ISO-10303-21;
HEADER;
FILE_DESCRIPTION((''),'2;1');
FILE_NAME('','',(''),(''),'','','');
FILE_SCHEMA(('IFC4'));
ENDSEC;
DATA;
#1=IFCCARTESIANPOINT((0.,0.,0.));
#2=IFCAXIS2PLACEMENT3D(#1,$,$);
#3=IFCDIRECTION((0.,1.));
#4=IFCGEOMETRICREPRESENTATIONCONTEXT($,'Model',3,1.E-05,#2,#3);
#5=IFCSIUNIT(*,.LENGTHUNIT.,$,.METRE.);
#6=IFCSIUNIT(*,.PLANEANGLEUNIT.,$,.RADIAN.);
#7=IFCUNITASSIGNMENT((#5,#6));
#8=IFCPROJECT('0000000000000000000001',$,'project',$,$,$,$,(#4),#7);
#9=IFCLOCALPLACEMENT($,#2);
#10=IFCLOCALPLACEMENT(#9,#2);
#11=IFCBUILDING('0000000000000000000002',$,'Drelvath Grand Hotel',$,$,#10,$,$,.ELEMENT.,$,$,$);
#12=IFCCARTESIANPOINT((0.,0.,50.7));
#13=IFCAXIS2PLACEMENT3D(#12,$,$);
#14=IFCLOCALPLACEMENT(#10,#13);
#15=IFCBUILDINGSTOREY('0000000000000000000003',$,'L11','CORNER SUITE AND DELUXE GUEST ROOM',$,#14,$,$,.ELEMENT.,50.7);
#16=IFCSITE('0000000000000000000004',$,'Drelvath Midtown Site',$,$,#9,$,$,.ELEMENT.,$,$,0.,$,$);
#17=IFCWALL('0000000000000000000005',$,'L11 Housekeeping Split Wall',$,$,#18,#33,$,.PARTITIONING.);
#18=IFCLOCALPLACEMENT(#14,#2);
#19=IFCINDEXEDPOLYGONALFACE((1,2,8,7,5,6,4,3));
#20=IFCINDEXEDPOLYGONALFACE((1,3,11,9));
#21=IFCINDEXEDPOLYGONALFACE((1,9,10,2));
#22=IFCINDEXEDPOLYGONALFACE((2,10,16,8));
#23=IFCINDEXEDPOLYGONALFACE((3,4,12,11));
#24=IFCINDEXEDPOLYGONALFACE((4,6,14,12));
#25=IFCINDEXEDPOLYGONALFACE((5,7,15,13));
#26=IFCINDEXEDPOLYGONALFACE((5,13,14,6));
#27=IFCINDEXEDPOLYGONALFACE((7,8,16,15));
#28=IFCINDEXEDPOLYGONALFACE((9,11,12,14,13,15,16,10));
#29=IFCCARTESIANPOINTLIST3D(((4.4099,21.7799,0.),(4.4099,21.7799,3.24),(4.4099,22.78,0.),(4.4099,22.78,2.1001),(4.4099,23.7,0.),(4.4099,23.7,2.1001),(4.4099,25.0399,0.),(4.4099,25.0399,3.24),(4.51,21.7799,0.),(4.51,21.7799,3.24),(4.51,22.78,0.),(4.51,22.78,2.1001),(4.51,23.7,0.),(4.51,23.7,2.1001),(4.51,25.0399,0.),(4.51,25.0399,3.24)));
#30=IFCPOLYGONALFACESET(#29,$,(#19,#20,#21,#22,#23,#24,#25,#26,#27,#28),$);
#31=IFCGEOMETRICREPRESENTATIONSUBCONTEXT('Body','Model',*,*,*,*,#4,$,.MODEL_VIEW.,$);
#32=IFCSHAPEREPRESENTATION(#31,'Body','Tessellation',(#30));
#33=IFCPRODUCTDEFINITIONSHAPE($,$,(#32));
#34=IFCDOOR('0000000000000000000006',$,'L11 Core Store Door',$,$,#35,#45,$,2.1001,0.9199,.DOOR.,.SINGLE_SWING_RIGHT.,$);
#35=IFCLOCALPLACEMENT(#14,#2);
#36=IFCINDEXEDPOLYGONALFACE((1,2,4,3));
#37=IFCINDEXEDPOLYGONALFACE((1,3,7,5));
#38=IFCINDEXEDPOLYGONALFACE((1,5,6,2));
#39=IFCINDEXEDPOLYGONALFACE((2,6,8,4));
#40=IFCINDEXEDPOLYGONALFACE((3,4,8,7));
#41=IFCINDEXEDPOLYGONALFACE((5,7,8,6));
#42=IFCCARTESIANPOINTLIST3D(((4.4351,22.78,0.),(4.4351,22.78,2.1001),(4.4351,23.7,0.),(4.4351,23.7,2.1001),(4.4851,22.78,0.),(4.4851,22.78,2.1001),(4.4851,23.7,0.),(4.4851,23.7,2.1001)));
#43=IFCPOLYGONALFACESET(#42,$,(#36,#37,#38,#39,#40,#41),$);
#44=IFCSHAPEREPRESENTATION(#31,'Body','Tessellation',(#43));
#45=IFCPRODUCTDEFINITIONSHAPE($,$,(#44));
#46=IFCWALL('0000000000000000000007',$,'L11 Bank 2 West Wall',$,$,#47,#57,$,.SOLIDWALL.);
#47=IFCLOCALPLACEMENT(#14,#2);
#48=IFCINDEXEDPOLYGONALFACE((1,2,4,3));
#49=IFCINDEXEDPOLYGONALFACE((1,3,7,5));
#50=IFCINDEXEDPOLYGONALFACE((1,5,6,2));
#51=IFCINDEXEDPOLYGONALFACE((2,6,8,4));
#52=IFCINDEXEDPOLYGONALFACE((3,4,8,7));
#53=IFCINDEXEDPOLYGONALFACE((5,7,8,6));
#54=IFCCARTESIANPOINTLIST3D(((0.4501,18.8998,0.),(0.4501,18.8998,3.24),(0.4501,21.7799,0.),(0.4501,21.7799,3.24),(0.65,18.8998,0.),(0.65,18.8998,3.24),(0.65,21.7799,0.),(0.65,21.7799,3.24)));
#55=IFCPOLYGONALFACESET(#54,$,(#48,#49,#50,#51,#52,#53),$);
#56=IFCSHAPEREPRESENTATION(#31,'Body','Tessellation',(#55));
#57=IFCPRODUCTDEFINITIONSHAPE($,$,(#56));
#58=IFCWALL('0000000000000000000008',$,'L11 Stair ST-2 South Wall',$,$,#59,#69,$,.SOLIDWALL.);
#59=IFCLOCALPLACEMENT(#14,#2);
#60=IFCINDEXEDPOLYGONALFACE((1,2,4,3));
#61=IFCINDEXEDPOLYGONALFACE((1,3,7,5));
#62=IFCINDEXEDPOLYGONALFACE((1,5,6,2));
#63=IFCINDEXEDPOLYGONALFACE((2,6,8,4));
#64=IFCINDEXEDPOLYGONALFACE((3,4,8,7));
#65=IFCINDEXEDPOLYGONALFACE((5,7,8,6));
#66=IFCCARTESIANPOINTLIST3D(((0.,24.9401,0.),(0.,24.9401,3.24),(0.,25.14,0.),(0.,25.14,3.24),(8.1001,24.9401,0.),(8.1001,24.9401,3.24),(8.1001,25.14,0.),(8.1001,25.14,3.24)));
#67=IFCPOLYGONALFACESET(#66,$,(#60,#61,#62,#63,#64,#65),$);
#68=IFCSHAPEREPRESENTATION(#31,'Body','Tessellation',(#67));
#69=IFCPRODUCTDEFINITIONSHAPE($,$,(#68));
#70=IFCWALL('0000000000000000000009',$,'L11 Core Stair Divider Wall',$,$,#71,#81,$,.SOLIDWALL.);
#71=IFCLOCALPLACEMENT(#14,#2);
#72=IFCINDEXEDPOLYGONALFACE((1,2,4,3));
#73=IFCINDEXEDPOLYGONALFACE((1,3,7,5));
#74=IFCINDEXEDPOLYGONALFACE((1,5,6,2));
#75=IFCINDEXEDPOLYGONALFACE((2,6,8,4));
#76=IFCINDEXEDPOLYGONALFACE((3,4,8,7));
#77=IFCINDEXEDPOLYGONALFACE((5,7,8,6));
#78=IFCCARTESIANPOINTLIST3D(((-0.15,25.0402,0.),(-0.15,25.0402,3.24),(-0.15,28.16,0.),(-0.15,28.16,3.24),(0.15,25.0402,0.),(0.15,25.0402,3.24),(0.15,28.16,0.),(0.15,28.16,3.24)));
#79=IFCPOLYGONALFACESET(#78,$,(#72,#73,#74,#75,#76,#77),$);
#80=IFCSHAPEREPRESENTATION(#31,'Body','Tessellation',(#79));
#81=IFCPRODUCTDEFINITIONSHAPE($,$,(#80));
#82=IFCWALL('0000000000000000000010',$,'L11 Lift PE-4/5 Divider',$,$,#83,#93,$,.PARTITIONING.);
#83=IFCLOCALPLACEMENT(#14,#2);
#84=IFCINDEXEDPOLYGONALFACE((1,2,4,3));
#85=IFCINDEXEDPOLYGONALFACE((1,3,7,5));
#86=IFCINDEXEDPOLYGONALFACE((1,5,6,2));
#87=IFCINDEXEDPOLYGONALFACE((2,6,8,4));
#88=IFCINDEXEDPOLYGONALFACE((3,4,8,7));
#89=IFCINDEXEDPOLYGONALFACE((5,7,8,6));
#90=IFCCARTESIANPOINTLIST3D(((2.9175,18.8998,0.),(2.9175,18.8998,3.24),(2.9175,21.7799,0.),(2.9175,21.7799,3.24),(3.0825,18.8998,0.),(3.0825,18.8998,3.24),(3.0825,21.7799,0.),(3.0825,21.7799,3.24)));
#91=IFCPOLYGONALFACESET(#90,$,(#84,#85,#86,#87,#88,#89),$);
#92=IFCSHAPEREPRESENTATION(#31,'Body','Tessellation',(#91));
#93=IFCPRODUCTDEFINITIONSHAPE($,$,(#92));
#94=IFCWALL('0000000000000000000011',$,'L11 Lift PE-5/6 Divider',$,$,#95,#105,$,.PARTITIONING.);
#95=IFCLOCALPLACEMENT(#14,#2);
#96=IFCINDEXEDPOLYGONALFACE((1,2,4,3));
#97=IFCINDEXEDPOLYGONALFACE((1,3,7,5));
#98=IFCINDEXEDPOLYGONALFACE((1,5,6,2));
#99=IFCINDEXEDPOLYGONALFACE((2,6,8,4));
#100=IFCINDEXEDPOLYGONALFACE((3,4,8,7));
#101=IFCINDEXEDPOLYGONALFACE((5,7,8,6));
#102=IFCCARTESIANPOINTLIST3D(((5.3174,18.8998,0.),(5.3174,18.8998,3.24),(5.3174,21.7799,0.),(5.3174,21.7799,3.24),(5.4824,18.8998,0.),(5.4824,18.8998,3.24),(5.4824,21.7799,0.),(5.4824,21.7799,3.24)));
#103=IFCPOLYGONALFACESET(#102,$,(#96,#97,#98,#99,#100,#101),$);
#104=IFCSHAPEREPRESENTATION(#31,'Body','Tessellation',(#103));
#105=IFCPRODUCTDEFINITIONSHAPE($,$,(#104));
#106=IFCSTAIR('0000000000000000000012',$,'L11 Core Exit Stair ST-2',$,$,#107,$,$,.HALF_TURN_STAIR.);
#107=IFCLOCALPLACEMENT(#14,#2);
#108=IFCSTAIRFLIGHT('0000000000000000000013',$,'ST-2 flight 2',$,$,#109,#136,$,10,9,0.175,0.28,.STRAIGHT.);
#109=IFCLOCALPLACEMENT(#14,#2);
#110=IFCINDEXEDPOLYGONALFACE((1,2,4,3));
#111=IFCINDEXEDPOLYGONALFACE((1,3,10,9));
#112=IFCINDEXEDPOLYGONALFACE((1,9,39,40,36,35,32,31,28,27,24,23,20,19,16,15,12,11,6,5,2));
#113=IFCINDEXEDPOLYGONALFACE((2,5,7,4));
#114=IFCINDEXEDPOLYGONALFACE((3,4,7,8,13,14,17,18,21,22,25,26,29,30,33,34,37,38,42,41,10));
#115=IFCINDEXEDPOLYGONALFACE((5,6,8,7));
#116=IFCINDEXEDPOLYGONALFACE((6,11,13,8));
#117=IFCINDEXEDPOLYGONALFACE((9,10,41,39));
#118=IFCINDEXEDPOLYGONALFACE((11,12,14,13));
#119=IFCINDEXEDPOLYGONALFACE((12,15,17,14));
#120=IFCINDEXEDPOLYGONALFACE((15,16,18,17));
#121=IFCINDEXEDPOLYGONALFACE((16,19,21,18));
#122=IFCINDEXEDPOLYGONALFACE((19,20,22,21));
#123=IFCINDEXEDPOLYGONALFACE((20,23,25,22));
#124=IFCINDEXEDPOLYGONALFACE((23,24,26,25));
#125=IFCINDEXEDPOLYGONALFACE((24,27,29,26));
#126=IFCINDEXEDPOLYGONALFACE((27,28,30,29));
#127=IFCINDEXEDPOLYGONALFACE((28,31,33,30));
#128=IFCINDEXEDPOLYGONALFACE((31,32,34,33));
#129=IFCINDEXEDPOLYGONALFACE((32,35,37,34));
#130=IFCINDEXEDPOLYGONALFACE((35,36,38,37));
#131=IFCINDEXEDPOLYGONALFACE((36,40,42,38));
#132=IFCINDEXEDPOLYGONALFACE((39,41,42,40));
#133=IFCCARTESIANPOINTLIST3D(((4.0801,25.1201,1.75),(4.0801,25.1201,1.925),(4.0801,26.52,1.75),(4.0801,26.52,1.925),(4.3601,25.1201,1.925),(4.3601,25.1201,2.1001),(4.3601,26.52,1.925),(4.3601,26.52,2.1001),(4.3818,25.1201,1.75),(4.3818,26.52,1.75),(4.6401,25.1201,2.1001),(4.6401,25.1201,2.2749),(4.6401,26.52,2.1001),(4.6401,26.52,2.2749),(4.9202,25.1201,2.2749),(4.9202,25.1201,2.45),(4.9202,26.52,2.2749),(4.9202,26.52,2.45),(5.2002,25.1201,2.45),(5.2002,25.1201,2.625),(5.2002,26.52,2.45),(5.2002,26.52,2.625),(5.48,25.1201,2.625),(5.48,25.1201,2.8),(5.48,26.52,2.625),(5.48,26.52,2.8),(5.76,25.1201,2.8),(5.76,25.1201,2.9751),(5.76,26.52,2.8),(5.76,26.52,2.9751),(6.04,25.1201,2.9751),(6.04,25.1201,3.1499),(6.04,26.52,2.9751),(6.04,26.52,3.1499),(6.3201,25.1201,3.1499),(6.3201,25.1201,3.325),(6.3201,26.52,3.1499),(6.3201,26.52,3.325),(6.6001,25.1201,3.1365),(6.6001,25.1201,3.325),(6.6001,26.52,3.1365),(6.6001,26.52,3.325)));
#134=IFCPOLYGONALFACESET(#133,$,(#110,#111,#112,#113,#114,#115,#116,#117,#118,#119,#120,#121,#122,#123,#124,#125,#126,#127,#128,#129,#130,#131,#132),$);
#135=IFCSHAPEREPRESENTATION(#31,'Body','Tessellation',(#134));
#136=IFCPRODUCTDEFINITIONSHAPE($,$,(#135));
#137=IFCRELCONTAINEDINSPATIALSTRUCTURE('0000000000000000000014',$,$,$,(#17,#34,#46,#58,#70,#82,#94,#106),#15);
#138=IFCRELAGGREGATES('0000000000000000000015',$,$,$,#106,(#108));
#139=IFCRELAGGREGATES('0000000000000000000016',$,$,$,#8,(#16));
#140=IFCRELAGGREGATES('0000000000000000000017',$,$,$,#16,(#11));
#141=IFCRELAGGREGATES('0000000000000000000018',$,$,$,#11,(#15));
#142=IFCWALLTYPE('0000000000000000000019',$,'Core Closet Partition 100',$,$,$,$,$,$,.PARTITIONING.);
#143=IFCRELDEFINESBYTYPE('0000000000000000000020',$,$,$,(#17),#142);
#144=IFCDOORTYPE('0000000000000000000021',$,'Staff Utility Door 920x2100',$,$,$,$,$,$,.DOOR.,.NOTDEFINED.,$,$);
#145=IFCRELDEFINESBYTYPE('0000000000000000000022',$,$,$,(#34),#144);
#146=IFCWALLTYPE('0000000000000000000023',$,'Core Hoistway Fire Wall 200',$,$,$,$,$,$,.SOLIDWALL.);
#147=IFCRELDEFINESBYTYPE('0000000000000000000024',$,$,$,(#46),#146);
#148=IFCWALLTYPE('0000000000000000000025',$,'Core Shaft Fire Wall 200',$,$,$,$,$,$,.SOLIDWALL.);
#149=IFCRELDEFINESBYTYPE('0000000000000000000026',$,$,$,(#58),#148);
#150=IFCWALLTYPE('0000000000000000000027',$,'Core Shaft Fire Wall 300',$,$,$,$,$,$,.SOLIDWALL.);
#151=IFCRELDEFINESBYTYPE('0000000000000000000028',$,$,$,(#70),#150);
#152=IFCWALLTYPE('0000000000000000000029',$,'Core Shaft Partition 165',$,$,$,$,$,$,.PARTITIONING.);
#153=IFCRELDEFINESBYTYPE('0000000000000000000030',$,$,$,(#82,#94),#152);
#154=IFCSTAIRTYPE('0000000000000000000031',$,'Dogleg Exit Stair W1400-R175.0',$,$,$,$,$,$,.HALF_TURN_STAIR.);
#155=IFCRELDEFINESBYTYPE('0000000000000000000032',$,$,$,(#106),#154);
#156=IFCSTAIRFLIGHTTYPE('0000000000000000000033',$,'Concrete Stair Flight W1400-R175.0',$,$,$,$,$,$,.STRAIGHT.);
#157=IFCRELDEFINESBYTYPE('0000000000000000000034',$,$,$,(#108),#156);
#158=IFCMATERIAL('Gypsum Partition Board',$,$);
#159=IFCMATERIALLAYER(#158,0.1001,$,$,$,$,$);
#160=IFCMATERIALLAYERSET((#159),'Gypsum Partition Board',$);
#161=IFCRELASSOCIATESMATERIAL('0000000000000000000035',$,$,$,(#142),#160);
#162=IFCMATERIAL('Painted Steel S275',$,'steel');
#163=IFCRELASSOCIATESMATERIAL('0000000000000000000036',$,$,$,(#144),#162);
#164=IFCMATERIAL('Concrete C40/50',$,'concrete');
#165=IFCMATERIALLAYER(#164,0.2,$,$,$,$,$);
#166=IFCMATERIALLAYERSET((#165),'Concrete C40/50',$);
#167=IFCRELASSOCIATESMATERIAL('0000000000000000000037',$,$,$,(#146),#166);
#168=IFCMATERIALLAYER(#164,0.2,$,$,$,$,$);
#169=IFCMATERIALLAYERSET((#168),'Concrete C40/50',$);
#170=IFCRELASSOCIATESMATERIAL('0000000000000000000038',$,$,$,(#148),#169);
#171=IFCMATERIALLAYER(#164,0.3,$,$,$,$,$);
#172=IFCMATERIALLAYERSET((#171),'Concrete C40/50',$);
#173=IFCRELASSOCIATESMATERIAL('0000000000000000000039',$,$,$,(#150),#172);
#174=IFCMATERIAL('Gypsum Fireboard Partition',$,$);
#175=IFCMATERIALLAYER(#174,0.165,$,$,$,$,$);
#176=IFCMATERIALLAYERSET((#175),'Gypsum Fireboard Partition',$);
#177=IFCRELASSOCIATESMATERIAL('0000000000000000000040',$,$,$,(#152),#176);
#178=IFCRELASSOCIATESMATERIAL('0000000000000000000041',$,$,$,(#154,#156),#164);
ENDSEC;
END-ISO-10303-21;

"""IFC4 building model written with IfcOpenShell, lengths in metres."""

from ifc_helpers import new_model, si_unit, direction, frame, frame_2d, origin, place, context, subcontext, project, spatial, polyline, rectangle, outline, extrude, material, layer, layer_set, type_object, element, fill, aggregate, save


model = new_model("IFC4")

# Units and contexts
model_context = context("Model", 3, precision=1e-05, world=origin(), true_north=direction((0.0, 1.0)))
body_context = subcontext(model_context, "Body", "Model", "MODEL_VIEW")
ifc_project = project(units=[si_unit("LENGTHUNIT", "METRE"), si_unit("PLANEANGLEUNIT", "RADIAN")], contexts=[model_context])

# Site, building, storey
site_placement = place(None, origin())
site = spatial("IfcSite", under=ifc_project, at=site_placement, Name="Drelvath Midtown Site", CompositionType="ELEMENT", RefElevation=0.0)
building_placement = place(site_placement, origin())
building = spatial("IfcBuilding", under=site, at=building_placement, Name="Drelvath Grand Hotel", CompositionType="ELEMENT")
storey_placement = place(building_placement, frame((0.0, 0.0, 50.7)))
storey = spatial("IfcBuildingStorey", under=building, at=storey_placement, Name="L11", Description="CORNER SUITE AND DELUXE GUEST ROOM", CompositionType="ELEMENT", Elevation=50.7)

# Wall, opening, door
ifc_material_1 = material(Name="Gypsum Partition Board")
ifc_layer_1 = layer(ifc_material_1, 0.1001)
ifc_layer_set_1 = layer_set([ifc_layer_1], Name="Gypsum Partition Board")
wall_type_1 = type_object("IfcWallType", Name="Core Closet Partition 100", PredefinedType="PARTITIONING", material=ifc_layer_set_1)
wall_1_placement = place(storey_placement, frame((4.46, 21.78, 0.0), z_axis=(0.0, 0.0, 1.0), x_axis=(0.0, 1.0, 0.0)))
wall_1 = element("IfcWall", 1, at=wall_1_placement, inside=storey, type_object=wall_type_1, Name="L11 Housekeeping Split Wall", PredefinedType="PARTITIONING", context=body_context, shape_type="SweptSolid", body=[
    extrude(rectangle(XDim=3.26, YDim=0.1001, at=frame_2d((1.6299, 0.0))), origin(), (0.0, 0.0, 1.0), 3.24),
])
opening_placement = place(wall_1_placement, frame((1.0, 0.0, 0.0)))
opening = element("IfcOpeningElement", 2, at=opening_placement, cuts=wall_1, PredefinedType="OPENING", context=body_context, shape_type="SweptSolid", body=[
    extrude(rectangle(XDim=0.9199, YDim=2.1001, at=frame_2d((0.46, 1.05))), frame((0.0, 0.0601, 0.0), z_axis=(0.0, -1.0, 0.0), x_axis=(1.0, 0.0, 0.0)), (0.0, 0.0, 1.0), 0.1201),
])
ifc_material_2 = material(Name="Painted Steel S275", Category="steel")
door_type = type_object("IfcDoorType", Name="Staff Utility Door 920x2100", OperationType="NOTDEFINED", PredefinedType="DOOR", material=ifc_material_2)
door_placement = place(opening_placement, origin())
door = element("IfcDoor", 3, at=door_placement, inside=storey, type_object=door_type, Name="L11 Core Store Door", OperationType="SINGLE_SWING_RIGHT", OverallHeight=2.1001, OverallWidth=0.9199, PredefinedType="DOOR", context=body_context, shape_type="SweptSolid", body=[
    extrude(rectangle(XDim=0.9199, YDim=2.1001, at=frame_2d((0.46, 1.05))), frame((0.0, 0.0249, 0.0), z_axis=(0.0, -1.0, 0.0), x_axis=(1.0, 0.0, 0.0)), (0.0, 0.0, 1.0), 0.05),
])
fill(opening, door)

# Walls
ifc_material_3 = material(Name="Concrete C40/50", Category="concrete")
ifc_layer_2 = layer(ifc_material_3, 0.2)
ifc_layer_set_2 = layer_set([ifc_layer_2], Name="Concrete C40/50")
wall_type_2 = type_object("IfcWallType", Name="Core Hoistway Fire Wall 200", PredefinedType="SOLIDWALL", material=ifc_layer_set_2)
wall_2_placement = place(storey_placement, frame((0.55, 18.8999, 0.0), z_axis=(0.0, 0.0, 1.0), x_axis=(0.0, 1.0, 0.0)))
element("IfcWall", 4, at=wall_2_placement, inside=storey, type_object=wall_type_2, Name="L11 Bank 2 West Wall", PredefinedType="SOLIDWALL", context=body_context, shape_type="SweptSolid", body=[
    extrude(rectangle(XDim=2.8801, YDim=0.2, at=frame_2d((1.4399, 0.0))), origin(), (0.0, 0.0, 1.0), 3.24),
])
ifc_layer_3 = layer(ifc_material_3, 0.2)
ifc_layer_set_3 = layer_set([ifc_layer_3], Name="Concrete C40/50")
wall_type_3 = type_object("IfcWallType", Name="Core Shaft Fire Wall 200", PredefinedType="SOLIDWALL", material=ifc_layer_set_3)
wall_3_placement = place(storey_placement, frame((0.0, 25.04, 0.0), z_axis=(0.0, 0.0, 1.0), x_axis=(1.0, 0.0, 0.0)))
element("IfcWall", 5, at=wall_3_placement, inside=storey, type_object=wall_type_3, Name="L11 Stair ST-2 South Wall", PredefinedType="SOLIDWALL", context=body_context, shape_type="SweptSolid", body=[
    extrude(rectangle(XDim=8.1001, YDim=0.2, at=frame_2d((4.05, 0.0))), origin(), (0.0, 0.0, 1.0), 3.24),
])
ifc_layer_4 = layer(ifc_material_3, 0.3)
ifc_layer_set_4 = layer_set([ifc_layer_4], Name="Concrete C40/50")
wall_type_4 = type_object("IfcWallType", Name="Core Shaft Fire Wall 300", PredefinedType="SOLIDWALL", material=ifc_layer_set_4)
wall_4_placement = place(storey_placement, frame((0.0, 25.04, 0.0), z_axis=(0.0, 0.0, 1.0), x_axis=(0.0, 1.0, 0.0)))
element("IfcWall", 6, at=wall_4_placement, inside=storey, type_object=wall_type_4, Name="L11 Core Stair Divider Wall", PredefinedType="SOLIDWALL", context=body_context, shape_type="SweptSolid", body=[
    extrude(rectangle(XDim=3.1199, YDim=0.3, at=frame_2d((1.5601, 0.0))), origin(), (0.0, 0.0, 1.0), 3.24),
])
ifc_material_4 = material(Name="Gypsum Fireboard Partition")
ifc_layer_5 = layer(ifc_material_4, 0.165)
ifc_layer_set_5 = layer_set([ifc_layer_5], Name="Gypsum Fireboard Partition")
wall_type_5 = type_object("IfcWallType", Name="Core Shaft Partition 165", PredefinedType="PARTITIONING", material=ifc_layer_set_5)
for number, where, z_axis, x_axis, name in (
    (7, (3.0, 18.8999, 0.0), (0.0, 0.0, 1.0), (0.0, 1.0, 0.0), "L11 Lift PE-4/5 Divider"),
    (8, (5.3999, 18.8999, 0.0), (0.0, 0.0, 1.0), (0.0, 1.0, 0.0), "L11 Lift PE-5/6 Divider"),
):
    element("IfcWall", number, at=place(storey_placement, frame(where, z_axis=z_axis, x_axis=x_axis)), inside=storey, type_object=wall_type_5, Name=name, PredefinedType="PARTITIONING", context=body_context, shape_type="SweptSolid", body=[
        extrude(rectangle(XDim=2.8801, YDim=0.165, at=frame_2d((1.4399, 0.0))), origin(), (0.0, 0.0, 1.0), 3.24),
    ])

# Stair, stair flight
stair_type = type_object("IfcStairType", Name="Dogleg Exit Stair W1400-R175.0", PredefinedType="HALF_TURN_STAIR", material=ifc_material_3)
stair_placement = place(storey_placement, origin())
stair = element("IfcStair", 9, at=stair_placement, inside=storey, type_object=stair_type, Name="L11 Core Exit Stair ST-2", PredefinedType="HALF_TURN_STAIR")
stair_flight_type = type_object("IfcStairFlightType", Name="Concrete Stair Flight W1400-R175.0", PredefinedType="STRAIGHT", material=ifc_material_3)
stair_flight_placement = place(storey_placement, frame((4.0801, 25.8201, 1.75), z_axis=(0.0, 0.0, 1.0), x_axis=(1.0, 0.0, 0.0)))
stair_flight = element("IfcStairFlight", 10, at=stair_flight_placement, type_object=stair_flight_type, Name="ST-2 flight 2", NumberOfRisers=10, NumberOfTreads=9, PredefinedType="STRAIGHT", RiserHeight=0.175, TreadLength=0.28, context=body_context, shape_type="SweptSolid", body=[
    extrude(outline(polyline([(0.0, 0.0), (0.0, 0.175), (0.28, 0.175), (0.28, 0.3501), (0.5601, 0.3501), (0.5601, 0.5249), (0.8401, 0.5249), (0.8401, 0.7), (1.1201, 0.7), (1.1201, 0.875), (1.3999, 0.875), (1.3999, 1.05), (1.6799, 1.05), (1.6799, 1.2251), (1.96, 1.2251), (1.96, 1.3999), (2.24, 1.3999), (2.24, 1.575), (2.52, 1.575), (2.52, 1.75), (2.52, 1.3865), (0.3018, 0.0), (0.0, 0.0)])), frame((0.0, 0.7, 0.0), z_axis=(0.0, -1.0, 0.0), x_axis=(1.0, 0.0, 0.0)), (0.0, 0.0, 1.0), 1.3999),
])
aggregate(stair, [stair_flight])

save(model, "model.ifc")
